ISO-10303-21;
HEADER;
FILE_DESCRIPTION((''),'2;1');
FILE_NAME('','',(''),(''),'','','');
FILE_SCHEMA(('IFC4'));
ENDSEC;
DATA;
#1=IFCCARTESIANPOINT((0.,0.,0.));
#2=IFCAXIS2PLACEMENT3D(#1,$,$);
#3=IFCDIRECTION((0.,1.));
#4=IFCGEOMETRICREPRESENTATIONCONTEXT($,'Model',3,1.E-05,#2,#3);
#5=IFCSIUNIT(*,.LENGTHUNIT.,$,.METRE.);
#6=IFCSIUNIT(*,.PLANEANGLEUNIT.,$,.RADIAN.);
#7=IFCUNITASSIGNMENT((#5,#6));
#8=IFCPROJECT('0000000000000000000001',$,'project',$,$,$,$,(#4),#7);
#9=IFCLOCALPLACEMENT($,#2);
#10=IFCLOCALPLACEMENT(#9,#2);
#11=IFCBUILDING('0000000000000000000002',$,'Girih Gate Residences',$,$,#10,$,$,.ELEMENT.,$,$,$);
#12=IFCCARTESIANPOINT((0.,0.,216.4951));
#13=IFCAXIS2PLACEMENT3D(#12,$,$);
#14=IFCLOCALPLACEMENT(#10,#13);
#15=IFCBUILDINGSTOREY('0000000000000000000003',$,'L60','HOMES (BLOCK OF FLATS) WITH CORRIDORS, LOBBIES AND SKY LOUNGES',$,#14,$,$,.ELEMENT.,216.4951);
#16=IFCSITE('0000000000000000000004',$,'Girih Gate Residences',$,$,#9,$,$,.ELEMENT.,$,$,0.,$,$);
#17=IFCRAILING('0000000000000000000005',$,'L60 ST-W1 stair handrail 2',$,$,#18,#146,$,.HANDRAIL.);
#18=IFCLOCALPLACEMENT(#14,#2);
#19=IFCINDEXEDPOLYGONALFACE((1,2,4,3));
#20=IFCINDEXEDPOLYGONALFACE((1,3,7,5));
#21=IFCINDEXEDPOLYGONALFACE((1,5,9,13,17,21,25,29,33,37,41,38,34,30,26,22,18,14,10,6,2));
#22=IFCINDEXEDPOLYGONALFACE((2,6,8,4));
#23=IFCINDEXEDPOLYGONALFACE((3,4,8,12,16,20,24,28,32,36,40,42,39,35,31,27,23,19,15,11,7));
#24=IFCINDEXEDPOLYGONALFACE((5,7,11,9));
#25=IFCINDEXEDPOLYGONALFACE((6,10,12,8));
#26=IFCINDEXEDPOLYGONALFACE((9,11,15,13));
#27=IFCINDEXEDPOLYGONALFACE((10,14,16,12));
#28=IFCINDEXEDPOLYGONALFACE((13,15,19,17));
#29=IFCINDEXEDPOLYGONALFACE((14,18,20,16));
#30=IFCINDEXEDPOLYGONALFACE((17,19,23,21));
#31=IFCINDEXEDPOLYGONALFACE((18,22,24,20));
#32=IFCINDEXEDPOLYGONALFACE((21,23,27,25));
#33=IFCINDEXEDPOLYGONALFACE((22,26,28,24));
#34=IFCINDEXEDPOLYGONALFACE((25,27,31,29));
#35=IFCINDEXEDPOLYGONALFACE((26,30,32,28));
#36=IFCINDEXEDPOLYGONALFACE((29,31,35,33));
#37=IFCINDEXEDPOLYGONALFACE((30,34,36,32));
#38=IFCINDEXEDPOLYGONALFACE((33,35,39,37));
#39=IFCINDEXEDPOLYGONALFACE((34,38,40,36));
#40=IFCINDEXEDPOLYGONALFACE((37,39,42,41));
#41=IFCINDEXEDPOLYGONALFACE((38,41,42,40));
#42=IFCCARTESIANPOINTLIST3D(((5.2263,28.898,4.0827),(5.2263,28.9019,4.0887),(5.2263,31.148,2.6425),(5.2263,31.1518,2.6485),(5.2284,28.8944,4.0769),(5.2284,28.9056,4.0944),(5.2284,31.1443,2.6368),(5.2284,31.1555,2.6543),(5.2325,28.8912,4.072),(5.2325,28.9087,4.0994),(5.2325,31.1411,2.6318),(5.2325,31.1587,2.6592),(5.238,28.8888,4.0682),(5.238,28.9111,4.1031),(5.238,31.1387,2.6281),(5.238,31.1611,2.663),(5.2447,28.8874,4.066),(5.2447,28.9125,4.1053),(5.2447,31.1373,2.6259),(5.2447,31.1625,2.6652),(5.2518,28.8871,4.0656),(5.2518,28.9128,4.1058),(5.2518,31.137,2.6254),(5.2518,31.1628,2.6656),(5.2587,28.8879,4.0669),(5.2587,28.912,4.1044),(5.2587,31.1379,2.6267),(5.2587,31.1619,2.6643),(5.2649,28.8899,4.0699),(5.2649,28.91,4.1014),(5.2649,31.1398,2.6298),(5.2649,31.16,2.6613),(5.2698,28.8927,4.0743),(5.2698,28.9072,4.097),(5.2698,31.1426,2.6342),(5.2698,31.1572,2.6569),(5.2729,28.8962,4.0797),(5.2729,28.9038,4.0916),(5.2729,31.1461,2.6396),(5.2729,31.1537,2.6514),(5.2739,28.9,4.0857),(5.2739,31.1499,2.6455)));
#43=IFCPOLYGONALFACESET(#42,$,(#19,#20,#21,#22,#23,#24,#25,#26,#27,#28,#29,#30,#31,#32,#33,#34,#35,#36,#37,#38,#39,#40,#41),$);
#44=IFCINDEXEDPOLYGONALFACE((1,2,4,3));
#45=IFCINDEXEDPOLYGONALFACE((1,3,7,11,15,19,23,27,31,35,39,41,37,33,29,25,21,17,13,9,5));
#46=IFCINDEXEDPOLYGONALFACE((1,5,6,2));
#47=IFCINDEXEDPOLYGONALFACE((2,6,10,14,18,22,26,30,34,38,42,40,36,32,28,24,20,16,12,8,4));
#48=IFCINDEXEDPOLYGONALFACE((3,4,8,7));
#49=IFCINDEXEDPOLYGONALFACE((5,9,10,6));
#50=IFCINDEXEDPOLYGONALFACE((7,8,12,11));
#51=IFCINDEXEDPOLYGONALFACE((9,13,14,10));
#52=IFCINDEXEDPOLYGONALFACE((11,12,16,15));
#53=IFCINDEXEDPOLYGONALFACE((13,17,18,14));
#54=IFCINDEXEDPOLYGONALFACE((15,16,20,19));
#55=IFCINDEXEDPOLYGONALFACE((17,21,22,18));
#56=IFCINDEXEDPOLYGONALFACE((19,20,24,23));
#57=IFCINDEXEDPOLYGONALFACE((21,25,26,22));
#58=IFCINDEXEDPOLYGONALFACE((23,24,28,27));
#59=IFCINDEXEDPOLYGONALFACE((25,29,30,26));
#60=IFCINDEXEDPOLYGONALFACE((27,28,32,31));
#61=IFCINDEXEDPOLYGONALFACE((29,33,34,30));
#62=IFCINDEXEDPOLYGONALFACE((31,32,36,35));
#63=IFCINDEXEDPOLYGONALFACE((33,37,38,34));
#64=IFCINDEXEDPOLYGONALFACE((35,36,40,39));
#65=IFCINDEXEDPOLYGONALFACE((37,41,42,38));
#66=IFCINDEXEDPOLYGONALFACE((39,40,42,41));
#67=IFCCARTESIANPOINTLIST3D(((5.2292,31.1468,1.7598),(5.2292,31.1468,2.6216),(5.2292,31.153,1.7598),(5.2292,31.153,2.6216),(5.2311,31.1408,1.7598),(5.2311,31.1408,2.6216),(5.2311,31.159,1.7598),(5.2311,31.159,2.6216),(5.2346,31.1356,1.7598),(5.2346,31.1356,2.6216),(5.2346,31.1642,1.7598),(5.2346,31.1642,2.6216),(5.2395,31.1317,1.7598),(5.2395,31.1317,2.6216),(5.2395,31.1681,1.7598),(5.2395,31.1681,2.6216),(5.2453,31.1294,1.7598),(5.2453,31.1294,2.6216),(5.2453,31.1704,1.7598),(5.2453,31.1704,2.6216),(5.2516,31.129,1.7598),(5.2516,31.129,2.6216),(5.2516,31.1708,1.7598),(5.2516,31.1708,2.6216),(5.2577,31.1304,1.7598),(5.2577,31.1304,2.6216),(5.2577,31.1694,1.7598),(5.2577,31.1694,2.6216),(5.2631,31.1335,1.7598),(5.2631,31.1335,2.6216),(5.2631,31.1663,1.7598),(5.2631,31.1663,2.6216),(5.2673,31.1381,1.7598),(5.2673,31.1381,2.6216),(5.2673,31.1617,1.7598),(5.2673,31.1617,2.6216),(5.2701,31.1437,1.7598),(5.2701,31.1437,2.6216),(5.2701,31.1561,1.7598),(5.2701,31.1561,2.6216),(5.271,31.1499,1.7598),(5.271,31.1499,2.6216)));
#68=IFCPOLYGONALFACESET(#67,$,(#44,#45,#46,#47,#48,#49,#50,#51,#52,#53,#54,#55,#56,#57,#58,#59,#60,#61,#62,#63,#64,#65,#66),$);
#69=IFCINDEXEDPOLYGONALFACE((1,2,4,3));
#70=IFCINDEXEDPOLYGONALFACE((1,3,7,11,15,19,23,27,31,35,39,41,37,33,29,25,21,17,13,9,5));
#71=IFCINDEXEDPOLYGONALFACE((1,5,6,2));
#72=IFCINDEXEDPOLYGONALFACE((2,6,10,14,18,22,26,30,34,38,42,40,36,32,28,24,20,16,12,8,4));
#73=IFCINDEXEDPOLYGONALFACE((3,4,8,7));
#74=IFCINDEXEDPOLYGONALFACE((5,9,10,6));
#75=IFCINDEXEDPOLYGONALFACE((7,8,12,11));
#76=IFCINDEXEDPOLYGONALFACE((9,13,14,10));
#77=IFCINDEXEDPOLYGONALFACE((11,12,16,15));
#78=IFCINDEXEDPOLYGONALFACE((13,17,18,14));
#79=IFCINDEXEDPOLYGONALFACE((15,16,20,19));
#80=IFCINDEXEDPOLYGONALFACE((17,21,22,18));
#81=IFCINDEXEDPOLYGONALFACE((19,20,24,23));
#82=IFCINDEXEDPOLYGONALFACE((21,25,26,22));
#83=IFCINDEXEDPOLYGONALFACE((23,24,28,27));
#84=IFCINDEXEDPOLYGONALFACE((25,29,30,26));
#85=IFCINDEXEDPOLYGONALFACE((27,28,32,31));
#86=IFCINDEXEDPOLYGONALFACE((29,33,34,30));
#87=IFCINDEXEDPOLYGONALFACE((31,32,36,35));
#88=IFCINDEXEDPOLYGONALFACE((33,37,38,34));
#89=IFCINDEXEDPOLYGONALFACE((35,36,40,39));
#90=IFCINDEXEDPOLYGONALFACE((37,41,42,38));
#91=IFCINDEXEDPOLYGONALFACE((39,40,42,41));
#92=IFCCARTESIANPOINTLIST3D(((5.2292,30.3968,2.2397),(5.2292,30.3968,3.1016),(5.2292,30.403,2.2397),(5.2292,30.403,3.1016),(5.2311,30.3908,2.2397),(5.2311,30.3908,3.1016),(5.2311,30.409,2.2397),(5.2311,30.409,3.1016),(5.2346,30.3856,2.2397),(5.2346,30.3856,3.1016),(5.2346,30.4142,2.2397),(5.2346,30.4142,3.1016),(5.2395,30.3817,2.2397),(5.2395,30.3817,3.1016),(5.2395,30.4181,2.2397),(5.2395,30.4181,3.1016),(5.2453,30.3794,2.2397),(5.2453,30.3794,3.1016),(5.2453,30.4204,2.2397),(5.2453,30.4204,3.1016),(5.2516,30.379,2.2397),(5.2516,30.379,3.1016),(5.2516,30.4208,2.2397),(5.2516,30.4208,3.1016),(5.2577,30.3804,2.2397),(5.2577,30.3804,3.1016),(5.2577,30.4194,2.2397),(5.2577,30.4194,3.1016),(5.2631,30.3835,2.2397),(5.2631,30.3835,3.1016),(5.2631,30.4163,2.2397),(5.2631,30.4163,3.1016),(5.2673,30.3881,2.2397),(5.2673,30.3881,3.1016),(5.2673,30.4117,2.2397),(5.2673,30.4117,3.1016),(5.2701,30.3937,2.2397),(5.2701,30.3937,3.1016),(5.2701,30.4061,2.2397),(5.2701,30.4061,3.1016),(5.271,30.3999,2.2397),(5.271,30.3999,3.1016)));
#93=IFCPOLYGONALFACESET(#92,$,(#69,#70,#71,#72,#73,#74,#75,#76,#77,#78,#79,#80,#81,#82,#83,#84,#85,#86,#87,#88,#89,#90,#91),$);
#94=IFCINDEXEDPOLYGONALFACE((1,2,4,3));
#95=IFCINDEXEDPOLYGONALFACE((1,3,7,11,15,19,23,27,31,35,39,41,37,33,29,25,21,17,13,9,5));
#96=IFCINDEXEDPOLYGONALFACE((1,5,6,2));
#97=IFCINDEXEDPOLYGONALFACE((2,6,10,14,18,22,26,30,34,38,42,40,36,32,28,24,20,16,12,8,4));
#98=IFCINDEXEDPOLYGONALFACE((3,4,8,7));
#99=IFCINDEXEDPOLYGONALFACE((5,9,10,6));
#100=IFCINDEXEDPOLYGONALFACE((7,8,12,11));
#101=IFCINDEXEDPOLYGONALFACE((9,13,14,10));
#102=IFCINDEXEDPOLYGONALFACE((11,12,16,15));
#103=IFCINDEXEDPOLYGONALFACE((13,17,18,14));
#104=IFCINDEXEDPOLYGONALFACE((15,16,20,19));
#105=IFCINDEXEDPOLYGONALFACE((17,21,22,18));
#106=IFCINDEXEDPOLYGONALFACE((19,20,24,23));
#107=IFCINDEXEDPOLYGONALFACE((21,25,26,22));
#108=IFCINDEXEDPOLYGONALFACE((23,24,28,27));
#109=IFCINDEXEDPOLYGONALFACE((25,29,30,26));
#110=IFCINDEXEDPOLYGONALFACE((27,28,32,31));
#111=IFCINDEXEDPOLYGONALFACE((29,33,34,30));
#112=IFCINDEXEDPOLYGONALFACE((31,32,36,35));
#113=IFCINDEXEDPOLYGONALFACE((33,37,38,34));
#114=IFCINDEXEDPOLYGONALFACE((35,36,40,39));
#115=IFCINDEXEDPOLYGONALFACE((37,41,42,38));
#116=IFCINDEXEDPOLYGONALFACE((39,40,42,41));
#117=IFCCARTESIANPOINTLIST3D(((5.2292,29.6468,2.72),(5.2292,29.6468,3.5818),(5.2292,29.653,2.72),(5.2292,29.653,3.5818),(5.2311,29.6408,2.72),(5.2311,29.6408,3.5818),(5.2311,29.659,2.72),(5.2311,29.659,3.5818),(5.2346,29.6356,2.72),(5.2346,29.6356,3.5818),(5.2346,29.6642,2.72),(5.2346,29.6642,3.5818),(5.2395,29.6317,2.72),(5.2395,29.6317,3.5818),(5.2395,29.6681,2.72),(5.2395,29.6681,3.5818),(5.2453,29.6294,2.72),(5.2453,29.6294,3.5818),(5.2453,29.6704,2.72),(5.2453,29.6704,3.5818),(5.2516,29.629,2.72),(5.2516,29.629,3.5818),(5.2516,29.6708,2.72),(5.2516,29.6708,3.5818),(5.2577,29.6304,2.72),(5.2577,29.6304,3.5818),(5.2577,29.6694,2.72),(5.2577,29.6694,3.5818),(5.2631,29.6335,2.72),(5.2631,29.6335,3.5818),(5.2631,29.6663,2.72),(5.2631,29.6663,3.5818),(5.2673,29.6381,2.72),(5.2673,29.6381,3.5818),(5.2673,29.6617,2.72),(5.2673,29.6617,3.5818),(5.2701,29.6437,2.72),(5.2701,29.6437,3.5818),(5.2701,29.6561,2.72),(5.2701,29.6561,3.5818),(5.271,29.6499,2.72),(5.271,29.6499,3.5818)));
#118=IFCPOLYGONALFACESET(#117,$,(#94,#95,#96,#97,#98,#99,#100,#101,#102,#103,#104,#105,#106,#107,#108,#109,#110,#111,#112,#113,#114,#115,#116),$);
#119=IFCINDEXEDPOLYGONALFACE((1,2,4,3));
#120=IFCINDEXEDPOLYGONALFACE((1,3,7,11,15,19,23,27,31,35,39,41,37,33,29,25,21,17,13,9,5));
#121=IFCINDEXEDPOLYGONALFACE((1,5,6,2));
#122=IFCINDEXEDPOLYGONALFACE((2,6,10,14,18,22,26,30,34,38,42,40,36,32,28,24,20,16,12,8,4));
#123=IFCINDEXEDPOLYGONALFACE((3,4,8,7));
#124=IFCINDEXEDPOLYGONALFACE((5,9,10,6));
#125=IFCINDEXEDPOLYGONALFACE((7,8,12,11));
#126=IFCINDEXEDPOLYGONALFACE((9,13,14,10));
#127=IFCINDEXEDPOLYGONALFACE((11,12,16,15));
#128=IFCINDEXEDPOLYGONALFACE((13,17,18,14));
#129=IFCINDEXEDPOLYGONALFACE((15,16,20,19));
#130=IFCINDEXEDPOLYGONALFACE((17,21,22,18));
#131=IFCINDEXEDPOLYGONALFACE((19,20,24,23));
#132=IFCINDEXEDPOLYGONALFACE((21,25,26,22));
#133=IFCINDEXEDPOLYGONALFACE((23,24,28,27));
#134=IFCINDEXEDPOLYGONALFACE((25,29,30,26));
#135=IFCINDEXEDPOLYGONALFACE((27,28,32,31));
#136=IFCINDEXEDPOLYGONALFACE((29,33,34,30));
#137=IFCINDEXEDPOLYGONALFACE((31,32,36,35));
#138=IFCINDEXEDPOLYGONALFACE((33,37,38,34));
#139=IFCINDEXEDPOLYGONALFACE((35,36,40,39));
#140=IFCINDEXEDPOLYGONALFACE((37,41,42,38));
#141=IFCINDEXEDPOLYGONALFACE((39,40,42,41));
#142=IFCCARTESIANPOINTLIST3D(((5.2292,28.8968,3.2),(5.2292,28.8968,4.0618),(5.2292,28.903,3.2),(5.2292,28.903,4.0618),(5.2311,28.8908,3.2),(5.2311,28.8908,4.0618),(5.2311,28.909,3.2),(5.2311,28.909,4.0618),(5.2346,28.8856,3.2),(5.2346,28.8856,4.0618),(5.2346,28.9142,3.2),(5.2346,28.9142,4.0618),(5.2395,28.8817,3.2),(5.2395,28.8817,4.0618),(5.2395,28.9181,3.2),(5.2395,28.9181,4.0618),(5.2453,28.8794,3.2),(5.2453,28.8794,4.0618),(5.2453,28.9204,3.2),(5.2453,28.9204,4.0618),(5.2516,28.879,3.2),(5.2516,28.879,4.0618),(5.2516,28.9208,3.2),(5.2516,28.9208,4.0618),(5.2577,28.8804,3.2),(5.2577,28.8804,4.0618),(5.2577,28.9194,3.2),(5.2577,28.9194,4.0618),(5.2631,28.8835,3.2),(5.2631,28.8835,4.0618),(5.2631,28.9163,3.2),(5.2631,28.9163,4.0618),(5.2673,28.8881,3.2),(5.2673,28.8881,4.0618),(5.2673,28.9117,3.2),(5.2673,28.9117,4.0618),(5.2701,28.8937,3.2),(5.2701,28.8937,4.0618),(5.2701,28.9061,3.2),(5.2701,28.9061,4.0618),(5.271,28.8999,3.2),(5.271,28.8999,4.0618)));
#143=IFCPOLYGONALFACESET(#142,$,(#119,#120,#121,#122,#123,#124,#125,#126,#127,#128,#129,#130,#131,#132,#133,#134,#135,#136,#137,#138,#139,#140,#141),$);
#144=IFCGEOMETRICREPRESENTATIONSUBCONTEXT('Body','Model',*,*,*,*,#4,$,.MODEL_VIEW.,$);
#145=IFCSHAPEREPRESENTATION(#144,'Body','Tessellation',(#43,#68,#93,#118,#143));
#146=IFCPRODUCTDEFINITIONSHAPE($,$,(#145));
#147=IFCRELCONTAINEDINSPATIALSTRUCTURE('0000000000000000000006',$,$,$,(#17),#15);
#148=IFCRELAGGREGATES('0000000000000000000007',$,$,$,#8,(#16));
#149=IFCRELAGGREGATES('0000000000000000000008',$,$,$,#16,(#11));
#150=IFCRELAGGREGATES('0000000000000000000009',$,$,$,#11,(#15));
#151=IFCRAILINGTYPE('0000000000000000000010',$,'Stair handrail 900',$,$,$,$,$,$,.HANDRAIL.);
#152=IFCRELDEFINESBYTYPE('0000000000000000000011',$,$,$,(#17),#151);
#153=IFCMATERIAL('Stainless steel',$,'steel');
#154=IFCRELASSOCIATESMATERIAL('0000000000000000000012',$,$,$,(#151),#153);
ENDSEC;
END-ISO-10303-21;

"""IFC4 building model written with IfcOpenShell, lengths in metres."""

from ifc_helpers import new_model, si_unit, direction, frame, origin, origin_2d, place, context, subcontext, project, spatial, circle, extrude, material, type_object, element, save


model = new_model("IFC4")

# Units and contexts
model_context = context("Model", 3, precision=1e-05, world=origin(), true_north=direction((0.0, 1.0)))
body_context = subcontext(model_context, "Body", "Model", "MODEL_VIEW")
ifc_project = project(units=[si_unit("LENGTHUNIT", "METRE"), si_unit("PLANEANGLEUNIT", "RADIAN")], contexts=[model_context])

# Site, building, storey
site_placement = place(None, origin())
site = spatial("IfcSite", under=ifc_project, at=site_placement, Name="Girih Gate Residences", CompositionType="ELEMENT", RefElevation=0.0)
building_placement = place(site_placement, origin())
building = spatial("IfcBuilding", under=site, at=building_placement, Name="Girih Gate Residences", CompositionType="ELEMENT")
storey_placement = place(building_placement, frame((0.0, 0.0, 216.4951)))
storey = spatial("IfcBuildingStorey", under=building, at=storey_placement, Name="L60", Description="HOMES (BLOCK OF FLATS) WITH CORRIDORS, LOBBIES AND SKY LOUNGES", CompositionType="ELEMENT", Elevation=216.4951)

# Railing
ifc_material_1 = material(Name="Stainless steel", Category="steel")
railing_type_1 = type_object("IfcRailingType", Name="Stair handrail 900", PredefinedType="HANDRAIL", material=ifc_material_1)
railing_1_placement = place(storey_placement, frame((5.25, 31.1499, 1.7598)))
element("IfcRailing", 1, at=railing_1_placement, inside=storey, type_object=railing_type_1, Name="L60 ST-W1 stair handrail 2", PredefinedType="HANDRAIL", context=body_context, shape_type="SweptSolid", body=[
    extrude(circle(Radius=0.0239, at=origin_2d()), frame((0.0, 0.0, 0.8857), z_axis=(0.0, -0.84224, 0.539103), x_axis=(1.0, 0.0, 0.0)), (0.0, 0.0, 1.0), 2.6714),
    extrude(circle(Radius=0.021, at=origin_2d()), origin(), (0.0, 0.0, 1.0), 0.8618),
    extrude(circle(Radius=0.021, at=origin_2d()), frame((0.0, -0.75, 0.48)), (0.0, 0.0, 1.0), 0.8618),
    extrude(circle(Radius=0.021, at=origin_2d()), frame((0.0, -1.5, 0.9602)), (0.0, 0.0, 1.0), 0.8618),
    extrude(circle(Radius=0.021, at=origin_2d()), frame((0.0, -2.25, 1.4402)), (0.0, 0.0, 1.0), 0.8618),
])

save(model, "model.ifc")
